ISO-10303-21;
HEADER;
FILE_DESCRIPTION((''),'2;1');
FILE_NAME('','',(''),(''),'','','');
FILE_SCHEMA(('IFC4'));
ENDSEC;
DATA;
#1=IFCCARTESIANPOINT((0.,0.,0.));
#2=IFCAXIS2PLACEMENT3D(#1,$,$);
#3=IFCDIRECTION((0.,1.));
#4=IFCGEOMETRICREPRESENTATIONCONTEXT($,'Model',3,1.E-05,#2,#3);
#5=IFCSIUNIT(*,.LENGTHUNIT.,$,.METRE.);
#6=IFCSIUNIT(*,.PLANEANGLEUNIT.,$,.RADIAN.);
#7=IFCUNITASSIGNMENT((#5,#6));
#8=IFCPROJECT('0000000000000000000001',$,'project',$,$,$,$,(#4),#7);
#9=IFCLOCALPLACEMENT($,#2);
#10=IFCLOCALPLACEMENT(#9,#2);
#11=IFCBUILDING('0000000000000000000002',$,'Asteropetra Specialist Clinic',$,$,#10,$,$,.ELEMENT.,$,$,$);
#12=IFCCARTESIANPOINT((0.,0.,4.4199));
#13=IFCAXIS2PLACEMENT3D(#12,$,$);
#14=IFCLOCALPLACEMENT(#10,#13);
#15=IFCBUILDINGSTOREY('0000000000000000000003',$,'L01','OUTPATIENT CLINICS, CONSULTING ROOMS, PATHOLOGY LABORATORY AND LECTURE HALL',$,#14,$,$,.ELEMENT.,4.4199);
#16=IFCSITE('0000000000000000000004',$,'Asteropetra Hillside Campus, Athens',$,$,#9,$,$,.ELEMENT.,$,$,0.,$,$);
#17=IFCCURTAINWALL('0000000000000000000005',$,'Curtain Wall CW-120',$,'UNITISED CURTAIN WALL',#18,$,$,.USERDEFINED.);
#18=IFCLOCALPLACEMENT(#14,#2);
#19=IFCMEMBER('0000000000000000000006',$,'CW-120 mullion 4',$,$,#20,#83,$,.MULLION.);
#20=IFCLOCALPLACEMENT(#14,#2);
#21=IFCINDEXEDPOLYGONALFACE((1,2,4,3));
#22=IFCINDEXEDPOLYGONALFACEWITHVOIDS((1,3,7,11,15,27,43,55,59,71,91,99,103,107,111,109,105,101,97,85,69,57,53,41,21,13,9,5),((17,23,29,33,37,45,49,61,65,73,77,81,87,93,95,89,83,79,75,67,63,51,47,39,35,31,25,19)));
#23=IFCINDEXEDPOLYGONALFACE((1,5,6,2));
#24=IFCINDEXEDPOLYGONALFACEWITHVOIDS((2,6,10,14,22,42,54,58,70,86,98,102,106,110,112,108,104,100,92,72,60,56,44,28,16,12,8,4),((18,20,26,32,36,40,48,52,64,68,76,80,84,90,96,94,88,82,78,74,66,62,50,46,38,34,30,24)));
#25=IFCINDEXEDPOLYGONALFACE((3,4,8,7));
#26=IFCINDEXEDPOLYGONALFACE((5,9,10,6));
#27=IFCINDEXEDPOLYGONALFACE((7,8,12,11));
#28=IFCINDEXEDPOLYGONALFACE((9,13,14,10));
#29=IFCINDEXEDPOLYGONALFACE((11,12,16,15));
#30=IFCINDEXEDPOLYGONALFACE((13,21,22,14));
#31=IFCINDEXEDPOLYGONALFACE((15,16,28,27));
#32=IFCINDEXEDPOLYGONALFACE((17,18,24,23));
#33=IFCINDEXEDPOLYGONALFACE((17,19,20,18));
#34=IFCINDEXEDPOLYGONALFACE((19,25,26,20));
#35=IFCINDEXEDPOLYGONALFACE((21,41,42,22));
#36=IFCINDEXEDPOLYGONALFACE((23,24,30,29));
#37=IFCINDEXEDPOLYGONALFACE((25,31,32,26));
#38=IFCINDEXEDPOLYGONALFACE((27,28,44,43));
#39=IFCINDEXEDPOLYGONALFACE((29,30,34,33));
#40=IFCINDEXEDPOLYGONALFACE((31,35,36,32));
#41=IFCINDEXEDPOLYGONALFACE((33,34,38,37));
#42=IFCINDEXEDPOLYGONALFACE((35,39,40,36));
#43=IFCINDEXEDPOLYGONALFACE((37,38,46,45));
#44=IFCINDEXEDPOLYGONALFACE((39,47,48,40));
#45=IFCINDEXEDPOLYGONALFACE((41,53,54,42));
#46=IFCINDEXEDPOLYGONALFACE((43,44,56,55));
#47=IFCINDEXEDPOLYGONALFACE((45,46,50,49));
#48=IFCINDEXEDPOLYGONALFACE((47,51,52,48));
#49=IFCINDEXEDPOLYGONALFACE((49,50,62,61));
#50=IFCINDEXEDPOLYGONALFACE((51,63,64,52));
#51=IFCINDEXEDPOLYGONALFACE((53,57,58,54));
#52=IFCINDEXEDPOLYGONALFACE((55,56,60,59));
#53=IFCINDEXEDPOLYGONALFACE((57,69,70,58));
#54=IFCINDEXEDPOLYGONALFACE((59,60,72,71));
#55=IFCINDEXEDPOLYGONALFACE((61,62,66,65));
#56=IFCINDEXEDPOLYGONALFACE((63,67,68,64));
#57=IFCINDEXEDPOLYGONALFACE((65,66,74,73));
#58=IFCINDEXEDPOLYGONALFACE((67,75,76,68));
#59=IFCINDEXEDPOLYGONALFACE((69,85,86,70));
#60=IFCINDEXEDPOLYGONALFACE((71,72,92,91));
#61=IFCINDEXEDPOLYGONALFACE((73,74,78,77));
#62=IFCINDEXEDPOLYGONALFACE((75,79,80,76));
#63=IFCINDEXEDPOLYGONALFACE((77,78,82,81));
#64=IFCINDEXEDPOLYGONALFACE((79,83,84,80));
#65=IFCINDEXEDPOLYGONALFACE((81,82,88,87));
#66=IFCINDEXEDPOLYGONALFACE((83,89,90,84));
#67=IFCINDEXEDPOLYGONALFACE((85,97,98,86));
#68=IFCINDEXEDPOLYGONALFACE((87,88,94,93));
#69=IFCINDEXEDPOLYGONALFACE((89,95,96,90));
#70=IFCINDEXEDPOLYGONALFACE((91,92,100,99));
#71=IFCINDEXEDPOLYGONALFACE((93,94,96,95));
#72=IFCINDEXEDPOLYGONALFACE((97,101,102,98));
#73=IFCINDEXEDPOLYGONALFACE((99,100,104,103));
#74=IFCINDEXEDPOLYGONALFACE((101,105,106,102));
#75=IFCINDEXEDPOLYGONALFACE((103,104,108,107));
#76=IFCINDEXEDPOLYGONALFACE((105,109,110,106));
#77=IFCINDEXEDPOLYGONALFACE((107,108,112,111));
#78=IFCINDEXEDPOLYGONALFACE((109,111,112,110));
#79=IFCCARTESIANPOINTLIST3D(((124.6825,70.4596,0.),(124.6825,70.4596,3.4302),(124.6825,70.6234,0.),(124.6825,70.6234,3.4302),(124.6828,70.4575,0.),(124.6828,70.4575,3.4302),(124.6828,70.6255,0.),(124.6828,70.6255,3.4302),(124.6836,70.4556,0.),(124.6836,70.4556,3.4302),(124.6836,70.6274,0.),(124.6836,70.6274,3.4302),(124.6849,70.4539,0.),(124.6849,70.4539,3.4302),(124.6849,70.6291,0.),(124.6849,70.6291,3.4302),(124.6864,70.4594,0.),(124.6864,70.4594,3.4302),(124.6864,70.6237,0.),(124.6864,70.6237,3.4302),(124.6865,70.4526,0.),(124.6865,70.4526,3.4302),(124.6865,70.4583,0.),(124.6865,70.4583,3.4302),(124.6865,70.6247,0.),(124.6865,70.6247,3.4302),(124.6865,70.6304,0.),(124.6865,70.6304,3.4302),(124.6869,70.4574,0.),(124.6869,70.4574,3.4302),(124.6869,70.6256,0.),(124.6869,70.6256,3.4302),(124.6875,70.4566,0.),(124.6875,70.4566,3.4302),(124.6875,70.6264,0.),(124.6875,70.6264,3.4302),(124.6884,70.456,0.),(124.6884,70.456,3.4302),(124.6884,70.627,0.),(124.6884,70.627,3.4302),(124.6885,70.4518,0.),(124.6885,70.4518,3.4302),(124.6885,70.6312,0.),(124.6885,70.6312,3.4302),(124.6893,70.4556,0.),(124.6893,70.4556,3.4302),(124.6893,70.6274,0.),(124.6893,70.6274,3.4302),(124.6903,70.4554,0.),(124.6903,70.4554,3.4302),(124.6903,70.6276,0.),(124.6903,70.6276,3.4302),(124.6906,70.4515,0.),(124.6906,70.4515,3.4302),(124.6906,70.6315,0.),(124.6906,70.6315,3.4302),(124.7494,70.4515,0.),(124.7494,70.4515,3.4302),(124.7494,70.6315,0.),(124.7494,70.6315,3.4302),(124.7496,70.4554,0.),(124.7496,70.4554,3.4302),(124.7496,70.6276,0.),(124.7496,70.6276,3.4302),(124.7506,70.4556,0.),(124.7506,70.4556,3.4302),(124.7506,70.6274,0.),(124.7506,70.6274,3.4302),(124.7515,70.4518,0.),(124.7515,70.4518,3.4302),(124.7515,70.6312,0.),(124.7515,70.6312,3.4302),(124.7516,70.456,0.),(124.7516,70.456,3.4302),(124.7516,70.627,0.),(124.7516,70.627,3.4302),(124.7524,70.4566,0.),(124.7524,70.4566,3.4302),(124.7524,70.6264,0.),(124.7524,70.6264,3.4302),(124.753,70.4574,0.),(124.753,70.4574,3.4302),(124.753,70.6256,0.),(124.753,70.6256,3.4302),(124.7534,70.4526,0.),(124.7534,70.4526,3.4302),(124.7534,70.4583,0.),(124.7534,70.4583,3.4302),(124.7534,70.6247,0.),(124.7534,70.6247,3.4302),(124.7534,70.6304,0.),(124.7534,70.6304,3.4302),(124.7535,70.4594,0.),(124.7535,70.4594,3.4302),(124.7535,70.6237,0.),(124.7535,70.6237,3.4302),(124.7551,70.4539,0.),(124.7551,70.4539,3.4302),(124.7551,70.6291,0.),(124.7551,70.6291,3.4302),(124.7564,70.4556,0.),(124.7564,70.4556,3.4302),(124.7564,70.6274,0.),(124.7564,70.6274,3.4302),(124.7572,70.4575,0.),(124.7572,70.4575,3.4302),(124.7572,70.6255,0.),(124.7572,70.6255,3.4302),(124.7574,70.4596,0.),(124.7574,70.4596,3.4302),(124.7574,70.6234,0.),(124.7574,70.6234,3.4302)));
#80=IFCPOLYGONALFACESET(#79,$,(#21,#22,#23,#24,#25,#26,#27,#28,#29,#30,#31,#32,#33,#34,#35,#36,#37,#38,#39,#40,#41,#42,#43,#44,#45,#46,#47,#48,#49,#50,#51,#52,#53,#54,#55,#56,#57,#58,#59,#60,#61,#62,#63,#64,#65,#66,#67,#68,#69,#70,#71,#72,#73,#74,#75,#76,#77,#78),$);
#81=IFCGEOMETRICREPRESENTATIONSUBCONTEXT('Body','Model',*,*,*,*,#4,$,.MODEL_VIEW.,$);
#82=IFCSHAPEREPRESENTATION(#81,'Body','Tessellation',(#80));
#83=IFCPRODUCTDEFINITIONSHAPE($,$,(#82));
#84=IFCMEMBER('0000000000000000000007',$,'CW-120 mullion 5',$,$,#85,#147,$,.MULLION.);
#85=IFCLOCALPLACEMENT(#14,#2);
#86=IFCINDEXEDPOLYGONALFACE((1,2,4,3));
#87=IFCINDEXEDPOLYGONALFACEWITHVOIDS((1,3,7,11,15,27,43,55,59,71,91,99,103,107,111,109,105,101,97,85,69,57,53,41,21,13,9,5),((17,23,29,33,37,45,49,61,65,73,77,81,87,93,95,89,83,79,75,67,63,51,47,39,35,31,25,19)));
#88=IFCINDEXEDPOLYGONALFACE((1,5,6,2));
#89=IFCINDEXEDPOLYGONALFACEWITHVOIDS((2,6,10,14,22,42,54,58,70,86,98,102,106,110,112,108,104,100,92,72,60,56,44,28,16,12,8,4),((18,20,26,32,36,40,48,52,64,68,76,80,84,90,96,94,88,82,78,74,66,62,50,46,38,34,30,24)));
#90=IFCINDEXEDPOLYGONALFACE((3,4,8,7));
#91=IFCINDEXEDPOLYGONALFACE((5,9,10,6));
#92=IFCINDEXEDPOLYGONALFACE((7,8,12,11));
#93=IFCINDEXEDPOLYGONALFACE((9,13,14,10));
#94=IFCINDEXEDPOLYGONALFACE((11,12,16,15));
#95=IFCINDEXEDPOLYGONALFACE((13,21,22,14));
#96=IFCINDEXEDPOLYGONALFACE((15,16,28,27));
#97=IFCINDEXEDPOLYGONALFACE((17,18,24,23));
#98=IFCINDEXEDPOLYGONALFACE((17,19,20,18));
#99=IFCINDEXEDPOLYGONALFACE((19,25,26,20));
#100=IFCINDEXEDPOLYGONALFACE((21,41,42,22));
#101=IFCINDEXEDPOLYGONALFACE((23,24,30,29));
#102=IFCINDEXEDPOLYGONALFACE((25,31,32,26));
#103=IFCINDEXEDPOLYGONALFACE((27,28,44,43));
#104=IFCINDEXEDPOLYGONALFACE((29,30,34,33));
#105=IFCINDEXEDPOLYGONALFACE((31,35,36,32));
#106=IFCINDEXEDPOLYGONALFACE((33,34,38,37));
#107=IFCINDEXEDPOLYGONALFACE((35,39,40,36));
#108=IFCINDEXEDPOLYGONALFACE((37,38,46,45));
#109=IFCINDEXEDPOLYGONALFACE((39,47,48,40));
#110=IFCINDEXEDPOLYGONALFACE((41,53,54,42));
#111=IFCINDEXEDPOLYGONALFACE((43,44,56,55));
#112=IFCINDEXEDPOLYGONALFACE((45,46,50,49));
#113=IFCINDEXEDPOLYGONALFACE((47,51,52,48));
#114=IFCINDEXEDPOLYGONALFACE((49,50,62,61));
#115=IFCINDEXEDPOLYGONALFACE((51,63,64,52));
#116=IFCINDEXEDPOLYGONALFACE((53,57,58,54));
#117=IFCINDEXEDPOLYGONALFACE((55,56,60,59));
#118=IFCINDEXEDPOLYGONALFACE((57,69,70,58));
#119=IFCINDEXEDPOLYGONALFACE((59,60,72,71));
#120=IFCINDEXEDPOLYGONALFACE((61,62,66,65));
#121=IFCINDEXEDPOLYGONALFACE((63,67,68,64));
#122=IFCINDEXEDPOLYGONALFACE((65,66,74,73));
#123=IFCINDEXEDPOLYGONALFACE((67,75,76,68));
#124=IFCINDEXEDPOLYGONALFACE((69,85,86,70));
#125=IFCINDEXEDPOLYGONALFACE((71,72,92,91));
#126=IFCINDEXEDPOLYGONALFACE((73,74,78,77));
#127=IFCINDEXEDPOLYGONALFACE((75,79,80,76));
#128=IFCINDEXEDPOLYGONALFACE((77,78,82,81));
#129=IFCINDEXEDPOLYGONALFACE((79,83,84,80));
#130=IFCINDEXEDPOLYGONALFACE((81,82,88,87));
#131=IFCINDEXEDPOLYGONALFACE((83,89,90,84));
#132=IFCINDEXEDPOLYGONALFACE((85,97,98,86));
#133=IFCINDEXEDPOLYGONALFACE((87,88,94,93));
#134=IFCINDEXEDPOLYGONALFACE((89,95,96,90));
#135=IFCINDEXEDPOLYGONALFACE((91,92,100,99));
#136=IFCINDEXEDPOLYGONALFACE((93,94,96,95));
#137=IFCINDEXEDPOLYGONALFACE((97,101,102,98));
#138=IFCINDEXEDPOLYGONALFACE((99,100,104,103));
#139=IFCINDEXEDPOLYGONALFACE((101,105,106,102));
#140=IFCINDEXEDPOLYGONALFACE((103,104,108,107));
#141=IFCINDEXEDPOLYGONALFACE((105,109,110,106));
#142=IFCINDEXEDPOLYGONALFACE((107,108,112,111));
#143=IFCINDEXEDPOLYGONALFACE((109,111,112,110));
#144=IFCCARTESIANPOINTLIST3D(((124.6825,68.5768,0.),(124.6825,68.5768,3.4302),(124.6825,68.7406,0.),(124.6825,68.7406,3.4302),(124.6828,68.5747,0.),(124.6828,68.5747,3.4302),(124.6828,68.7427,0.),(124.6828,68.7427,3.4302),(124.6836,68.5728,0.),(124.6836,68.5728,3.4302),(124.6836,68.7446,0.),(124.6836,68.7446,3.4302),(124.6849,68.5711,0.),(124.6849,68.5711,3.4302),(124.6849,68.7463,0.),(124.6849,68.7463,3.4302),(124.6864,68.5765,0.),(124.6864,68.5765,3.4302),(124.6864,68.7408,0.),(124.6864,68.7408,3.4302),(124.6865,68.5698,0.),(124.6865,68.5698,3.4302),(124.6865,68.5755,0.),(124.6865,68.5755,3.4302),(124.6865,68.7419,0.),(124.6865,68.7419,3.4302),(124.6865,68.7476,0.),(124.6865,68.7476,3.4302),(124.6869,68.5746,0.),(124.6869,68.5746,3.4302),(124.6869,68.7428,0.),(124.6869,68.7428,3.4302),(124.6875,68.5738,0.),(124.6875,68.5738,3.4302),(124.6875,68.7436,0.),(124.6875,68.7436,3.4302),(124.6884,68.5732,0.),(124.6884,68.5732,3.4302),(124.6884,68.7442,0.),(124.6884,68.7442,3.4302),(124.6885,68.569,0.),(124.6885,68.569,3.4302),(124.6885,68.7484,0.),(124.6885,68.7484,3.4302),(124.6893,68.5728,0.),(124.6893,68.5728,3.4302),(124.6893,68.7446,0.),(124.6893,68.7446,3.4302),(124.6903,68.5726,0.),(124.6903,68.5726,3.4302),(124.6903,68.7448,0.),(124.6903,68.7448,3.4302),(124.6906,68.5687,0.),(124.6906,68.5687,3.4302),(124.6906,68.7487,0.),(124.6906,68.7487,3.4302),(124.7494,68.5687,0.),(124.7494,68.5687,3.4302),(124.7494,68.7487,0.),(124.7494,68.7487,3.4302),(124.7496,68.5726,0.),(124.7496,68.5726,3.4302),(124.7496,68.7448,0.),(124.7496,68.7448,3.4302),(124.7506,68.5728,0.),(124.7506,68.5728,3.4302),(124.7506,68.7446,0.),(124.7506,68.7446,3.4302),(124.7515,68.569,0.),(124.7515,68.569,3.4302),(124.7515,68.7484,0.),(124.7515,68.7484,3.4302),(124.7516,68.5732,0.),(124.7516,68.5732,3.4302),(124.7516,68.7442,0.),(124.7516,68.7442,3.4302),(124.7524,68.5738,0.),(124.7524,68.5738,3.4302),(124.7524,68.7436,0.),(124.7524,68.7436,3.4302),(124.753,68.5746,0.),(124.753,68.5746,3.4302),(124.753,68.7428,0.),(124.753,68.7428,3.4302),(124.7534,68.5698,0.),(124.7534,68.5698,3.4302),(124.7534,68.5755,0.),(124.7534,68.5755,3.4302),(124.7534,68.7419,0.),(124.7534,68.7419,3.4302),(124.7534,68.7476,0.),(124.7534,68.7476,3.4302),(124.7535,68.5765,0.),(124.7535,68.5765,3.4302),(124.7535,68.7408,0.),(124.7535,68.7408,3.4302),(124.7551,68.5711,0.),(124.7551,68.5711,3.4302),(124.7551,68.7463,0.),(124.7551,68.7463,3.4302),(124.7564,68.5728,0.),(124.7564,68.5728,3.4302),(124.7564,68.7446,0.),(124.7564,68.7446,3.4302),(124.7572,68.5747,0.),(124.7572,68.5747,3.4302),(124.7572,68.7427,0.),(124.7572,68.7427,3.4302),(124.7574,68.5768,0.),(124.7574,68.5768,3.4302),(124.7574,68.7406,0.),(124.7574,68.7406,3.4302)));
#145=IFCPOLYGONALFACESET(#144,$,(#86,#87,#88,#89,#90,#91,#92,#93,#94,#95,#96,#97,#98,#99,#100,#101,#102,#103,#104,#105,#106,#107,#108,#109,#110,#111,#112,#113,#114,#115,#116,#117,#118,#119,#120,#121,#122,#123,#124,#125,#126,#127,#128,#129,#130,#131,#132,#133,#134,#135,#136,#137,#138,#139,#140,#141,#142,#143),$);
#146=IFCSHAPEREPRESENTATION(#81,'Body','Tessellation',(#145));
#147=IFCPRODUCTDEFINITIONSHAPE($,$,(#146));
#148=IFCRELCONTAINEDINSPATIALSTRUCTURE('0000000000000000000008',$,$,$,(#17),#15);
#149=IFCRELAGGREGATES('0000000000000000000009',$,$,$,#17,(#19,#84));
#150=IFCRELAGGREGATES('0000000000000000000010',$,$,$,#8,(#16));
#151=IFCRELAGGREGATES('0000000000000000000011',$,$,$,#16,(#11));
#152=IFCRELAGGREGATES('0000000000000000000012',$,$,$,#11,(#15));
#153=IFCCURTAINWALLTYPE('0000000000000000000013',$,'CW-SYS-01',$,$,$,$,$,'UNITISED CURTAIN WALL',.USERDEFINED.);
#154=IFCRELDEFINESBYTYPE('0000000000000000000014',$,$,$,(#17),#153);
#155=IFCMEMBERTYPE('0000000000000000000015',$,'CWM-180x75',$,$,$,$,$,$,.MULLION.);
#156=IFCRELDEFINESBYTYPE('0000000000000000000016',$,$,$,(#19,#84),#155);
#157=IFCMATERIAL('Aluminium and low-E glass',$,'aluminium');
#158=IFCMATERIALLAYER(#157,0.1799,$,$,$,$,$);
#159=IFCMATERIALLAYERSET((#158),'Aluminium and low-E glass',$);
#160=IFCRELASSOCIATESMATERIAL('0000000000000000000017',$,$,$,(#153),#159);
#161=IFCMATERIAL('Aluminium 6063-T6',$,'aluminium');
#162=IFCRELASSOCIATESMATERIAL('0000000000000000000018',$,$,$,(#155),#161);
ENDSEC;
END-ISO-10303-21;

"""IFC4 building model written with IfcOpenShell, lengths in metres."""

from ifc_helpers import new_model, si_unit, direction, frame, origin, origin_2d, place, context, subcontext, project, spatial, hollow_rectangle, extrude, material, layer, layer_set, material_profile, profile_set, type_object, element, aggregate, save


model = new_model("IFC4")

# Units and contexts
model_context = context("Model", 3, precision=1e-05, world=origin(), true_north=direction((0.0, 1.0)))
body_context = subcontext(model_context, "Body", "Model", "MODEL_VIEW")
ifc_project = project(units=[si_unit("LENGTHUNIT", "METRE"), si_unit("PLANEANGLEUNIT", "RADIAN")], contexts=[model_context])

# Site, building, storey
site_placement = place(None, origin())
site = spatial("IfcSite", under=ifc_project, at=site_placement, Name="Asteropetra Hillside Campus, Athens", CompositionType="ELEMENT", RefElevation=0.0)
building_placement = place(site_placement, origin())
building = spatial("IfcBuilding", under=site, at=building_placement, Name="Asteropetra Specialist Clinic", CompositionType="ELEMENT")
storey_placement = place(building_placement, frame((0.0, 0.0, 4.4199)))
storey = spatial("IfcBuildingStorey", under=building, at=storey_placement, Name="L01", Description="OUTPATIENT CLINICS, CONSULTING ROOMS, PATHOLOGY LABORATORY AND LECTURE HALL", CompositionType="ELEMENT", Elevation=4.4199)

# Curtain wall, members
ifc_material_1 = material(Name="Aluminium and low-E glass", Category="aluminium")
ifc_layer_1 = layer(ifc_material_1, 0.1799)
ifc_layer_set_1 = layer_set([ifc_layer_1], Name="Aluminium and low-E glass")
curtain_wall_type = type_object("IfcCurtainWallType", Name="CW-SYS-01", ElementType="UNITISED CURTAIN WALL", PredefinedType="USERDEFINED", material=ifc_layer_set_1)
curtain_wall_placement = place(storey_placement, origin())
curtain_wall = element("IfcCurtainWall", 1, at=curtain_wall_placement, inside=storey, type_object=curtain_wall_type, Name="Curtain Wall CW-120", ObjectType="UNITISED CURTAIN WALL", PredefinedType="USERDEFINED")
ifc_material_2 = material(Name="Aluminium 6063-T6", Category="aluminium")
ifc_material_profile_1 = material_profile(ifc_material_2, hollow_rectangle(XDim=0.075, YDim=0.1799, WallThickness=0.0039, InnerFilletRadius=0.0039, OuterFilletRadius=0.0081, at=origin_2d()), Name="MUL 180x75x4.0")
ifc_profile_set_1 = profile_set([ifc_material_profile_1], Name="Aluminium 6063-T6")
member_type_1 = type_object("IfcMemberType", Name="CWM-180x75", PredefinedType="MULLION", material=ifc_profile_set_1)
member_1_placement = place(storey_placement, frame((124.72, 70.5415, 0.0), z_axis=(0.0, 0.0, 1.0), x_axis=(1.0, 0.0, 0.0)))
member_1 = element("IfcMember", 2, at=member_1_placement, type_object=member_type_1, Name="CW-120 mullion 4", PredefinedType="MULLION", context=body_context, shape_type="SweptSolid", body=[
    extrude(hollow_rectangle(XDim=0.075, YDim=0.1799, WallThickness=0.0039, InnerFilletRadius=0.0039, OuterFilletRadius=0.0081, at=origin_2d()), origin(), (0.0, 0.0, 1.0), 3.4302),
])
member_2_placement = place(storey_placement, frame((124.72, 68.6587, 0.0), z_axis=(0.0, 0.0, 1.0), x_axis=(1.0, 0.0, 0.0)))
member_2 = element("IfcMember", 3, at=member_2_placement, type_object=member_type_1, Name="CW-120 mullion 5", PredefinedType="MULLION", context=body_context, shape_type="SweptSolid", body=[
    extrude(hollow_rectangle(XDim=0.075, YDim=0.1799, WallThickness=0.0039, InnerFilletRadius=0.0039, OuterFilletRadius=0.0081, at=origin_2d()), origin(), (0.0, 0.0, 1.0), 3.4302),
])
aggregate(curtain_wall, [member_1, member_2])

save(model, "model.ifc")
